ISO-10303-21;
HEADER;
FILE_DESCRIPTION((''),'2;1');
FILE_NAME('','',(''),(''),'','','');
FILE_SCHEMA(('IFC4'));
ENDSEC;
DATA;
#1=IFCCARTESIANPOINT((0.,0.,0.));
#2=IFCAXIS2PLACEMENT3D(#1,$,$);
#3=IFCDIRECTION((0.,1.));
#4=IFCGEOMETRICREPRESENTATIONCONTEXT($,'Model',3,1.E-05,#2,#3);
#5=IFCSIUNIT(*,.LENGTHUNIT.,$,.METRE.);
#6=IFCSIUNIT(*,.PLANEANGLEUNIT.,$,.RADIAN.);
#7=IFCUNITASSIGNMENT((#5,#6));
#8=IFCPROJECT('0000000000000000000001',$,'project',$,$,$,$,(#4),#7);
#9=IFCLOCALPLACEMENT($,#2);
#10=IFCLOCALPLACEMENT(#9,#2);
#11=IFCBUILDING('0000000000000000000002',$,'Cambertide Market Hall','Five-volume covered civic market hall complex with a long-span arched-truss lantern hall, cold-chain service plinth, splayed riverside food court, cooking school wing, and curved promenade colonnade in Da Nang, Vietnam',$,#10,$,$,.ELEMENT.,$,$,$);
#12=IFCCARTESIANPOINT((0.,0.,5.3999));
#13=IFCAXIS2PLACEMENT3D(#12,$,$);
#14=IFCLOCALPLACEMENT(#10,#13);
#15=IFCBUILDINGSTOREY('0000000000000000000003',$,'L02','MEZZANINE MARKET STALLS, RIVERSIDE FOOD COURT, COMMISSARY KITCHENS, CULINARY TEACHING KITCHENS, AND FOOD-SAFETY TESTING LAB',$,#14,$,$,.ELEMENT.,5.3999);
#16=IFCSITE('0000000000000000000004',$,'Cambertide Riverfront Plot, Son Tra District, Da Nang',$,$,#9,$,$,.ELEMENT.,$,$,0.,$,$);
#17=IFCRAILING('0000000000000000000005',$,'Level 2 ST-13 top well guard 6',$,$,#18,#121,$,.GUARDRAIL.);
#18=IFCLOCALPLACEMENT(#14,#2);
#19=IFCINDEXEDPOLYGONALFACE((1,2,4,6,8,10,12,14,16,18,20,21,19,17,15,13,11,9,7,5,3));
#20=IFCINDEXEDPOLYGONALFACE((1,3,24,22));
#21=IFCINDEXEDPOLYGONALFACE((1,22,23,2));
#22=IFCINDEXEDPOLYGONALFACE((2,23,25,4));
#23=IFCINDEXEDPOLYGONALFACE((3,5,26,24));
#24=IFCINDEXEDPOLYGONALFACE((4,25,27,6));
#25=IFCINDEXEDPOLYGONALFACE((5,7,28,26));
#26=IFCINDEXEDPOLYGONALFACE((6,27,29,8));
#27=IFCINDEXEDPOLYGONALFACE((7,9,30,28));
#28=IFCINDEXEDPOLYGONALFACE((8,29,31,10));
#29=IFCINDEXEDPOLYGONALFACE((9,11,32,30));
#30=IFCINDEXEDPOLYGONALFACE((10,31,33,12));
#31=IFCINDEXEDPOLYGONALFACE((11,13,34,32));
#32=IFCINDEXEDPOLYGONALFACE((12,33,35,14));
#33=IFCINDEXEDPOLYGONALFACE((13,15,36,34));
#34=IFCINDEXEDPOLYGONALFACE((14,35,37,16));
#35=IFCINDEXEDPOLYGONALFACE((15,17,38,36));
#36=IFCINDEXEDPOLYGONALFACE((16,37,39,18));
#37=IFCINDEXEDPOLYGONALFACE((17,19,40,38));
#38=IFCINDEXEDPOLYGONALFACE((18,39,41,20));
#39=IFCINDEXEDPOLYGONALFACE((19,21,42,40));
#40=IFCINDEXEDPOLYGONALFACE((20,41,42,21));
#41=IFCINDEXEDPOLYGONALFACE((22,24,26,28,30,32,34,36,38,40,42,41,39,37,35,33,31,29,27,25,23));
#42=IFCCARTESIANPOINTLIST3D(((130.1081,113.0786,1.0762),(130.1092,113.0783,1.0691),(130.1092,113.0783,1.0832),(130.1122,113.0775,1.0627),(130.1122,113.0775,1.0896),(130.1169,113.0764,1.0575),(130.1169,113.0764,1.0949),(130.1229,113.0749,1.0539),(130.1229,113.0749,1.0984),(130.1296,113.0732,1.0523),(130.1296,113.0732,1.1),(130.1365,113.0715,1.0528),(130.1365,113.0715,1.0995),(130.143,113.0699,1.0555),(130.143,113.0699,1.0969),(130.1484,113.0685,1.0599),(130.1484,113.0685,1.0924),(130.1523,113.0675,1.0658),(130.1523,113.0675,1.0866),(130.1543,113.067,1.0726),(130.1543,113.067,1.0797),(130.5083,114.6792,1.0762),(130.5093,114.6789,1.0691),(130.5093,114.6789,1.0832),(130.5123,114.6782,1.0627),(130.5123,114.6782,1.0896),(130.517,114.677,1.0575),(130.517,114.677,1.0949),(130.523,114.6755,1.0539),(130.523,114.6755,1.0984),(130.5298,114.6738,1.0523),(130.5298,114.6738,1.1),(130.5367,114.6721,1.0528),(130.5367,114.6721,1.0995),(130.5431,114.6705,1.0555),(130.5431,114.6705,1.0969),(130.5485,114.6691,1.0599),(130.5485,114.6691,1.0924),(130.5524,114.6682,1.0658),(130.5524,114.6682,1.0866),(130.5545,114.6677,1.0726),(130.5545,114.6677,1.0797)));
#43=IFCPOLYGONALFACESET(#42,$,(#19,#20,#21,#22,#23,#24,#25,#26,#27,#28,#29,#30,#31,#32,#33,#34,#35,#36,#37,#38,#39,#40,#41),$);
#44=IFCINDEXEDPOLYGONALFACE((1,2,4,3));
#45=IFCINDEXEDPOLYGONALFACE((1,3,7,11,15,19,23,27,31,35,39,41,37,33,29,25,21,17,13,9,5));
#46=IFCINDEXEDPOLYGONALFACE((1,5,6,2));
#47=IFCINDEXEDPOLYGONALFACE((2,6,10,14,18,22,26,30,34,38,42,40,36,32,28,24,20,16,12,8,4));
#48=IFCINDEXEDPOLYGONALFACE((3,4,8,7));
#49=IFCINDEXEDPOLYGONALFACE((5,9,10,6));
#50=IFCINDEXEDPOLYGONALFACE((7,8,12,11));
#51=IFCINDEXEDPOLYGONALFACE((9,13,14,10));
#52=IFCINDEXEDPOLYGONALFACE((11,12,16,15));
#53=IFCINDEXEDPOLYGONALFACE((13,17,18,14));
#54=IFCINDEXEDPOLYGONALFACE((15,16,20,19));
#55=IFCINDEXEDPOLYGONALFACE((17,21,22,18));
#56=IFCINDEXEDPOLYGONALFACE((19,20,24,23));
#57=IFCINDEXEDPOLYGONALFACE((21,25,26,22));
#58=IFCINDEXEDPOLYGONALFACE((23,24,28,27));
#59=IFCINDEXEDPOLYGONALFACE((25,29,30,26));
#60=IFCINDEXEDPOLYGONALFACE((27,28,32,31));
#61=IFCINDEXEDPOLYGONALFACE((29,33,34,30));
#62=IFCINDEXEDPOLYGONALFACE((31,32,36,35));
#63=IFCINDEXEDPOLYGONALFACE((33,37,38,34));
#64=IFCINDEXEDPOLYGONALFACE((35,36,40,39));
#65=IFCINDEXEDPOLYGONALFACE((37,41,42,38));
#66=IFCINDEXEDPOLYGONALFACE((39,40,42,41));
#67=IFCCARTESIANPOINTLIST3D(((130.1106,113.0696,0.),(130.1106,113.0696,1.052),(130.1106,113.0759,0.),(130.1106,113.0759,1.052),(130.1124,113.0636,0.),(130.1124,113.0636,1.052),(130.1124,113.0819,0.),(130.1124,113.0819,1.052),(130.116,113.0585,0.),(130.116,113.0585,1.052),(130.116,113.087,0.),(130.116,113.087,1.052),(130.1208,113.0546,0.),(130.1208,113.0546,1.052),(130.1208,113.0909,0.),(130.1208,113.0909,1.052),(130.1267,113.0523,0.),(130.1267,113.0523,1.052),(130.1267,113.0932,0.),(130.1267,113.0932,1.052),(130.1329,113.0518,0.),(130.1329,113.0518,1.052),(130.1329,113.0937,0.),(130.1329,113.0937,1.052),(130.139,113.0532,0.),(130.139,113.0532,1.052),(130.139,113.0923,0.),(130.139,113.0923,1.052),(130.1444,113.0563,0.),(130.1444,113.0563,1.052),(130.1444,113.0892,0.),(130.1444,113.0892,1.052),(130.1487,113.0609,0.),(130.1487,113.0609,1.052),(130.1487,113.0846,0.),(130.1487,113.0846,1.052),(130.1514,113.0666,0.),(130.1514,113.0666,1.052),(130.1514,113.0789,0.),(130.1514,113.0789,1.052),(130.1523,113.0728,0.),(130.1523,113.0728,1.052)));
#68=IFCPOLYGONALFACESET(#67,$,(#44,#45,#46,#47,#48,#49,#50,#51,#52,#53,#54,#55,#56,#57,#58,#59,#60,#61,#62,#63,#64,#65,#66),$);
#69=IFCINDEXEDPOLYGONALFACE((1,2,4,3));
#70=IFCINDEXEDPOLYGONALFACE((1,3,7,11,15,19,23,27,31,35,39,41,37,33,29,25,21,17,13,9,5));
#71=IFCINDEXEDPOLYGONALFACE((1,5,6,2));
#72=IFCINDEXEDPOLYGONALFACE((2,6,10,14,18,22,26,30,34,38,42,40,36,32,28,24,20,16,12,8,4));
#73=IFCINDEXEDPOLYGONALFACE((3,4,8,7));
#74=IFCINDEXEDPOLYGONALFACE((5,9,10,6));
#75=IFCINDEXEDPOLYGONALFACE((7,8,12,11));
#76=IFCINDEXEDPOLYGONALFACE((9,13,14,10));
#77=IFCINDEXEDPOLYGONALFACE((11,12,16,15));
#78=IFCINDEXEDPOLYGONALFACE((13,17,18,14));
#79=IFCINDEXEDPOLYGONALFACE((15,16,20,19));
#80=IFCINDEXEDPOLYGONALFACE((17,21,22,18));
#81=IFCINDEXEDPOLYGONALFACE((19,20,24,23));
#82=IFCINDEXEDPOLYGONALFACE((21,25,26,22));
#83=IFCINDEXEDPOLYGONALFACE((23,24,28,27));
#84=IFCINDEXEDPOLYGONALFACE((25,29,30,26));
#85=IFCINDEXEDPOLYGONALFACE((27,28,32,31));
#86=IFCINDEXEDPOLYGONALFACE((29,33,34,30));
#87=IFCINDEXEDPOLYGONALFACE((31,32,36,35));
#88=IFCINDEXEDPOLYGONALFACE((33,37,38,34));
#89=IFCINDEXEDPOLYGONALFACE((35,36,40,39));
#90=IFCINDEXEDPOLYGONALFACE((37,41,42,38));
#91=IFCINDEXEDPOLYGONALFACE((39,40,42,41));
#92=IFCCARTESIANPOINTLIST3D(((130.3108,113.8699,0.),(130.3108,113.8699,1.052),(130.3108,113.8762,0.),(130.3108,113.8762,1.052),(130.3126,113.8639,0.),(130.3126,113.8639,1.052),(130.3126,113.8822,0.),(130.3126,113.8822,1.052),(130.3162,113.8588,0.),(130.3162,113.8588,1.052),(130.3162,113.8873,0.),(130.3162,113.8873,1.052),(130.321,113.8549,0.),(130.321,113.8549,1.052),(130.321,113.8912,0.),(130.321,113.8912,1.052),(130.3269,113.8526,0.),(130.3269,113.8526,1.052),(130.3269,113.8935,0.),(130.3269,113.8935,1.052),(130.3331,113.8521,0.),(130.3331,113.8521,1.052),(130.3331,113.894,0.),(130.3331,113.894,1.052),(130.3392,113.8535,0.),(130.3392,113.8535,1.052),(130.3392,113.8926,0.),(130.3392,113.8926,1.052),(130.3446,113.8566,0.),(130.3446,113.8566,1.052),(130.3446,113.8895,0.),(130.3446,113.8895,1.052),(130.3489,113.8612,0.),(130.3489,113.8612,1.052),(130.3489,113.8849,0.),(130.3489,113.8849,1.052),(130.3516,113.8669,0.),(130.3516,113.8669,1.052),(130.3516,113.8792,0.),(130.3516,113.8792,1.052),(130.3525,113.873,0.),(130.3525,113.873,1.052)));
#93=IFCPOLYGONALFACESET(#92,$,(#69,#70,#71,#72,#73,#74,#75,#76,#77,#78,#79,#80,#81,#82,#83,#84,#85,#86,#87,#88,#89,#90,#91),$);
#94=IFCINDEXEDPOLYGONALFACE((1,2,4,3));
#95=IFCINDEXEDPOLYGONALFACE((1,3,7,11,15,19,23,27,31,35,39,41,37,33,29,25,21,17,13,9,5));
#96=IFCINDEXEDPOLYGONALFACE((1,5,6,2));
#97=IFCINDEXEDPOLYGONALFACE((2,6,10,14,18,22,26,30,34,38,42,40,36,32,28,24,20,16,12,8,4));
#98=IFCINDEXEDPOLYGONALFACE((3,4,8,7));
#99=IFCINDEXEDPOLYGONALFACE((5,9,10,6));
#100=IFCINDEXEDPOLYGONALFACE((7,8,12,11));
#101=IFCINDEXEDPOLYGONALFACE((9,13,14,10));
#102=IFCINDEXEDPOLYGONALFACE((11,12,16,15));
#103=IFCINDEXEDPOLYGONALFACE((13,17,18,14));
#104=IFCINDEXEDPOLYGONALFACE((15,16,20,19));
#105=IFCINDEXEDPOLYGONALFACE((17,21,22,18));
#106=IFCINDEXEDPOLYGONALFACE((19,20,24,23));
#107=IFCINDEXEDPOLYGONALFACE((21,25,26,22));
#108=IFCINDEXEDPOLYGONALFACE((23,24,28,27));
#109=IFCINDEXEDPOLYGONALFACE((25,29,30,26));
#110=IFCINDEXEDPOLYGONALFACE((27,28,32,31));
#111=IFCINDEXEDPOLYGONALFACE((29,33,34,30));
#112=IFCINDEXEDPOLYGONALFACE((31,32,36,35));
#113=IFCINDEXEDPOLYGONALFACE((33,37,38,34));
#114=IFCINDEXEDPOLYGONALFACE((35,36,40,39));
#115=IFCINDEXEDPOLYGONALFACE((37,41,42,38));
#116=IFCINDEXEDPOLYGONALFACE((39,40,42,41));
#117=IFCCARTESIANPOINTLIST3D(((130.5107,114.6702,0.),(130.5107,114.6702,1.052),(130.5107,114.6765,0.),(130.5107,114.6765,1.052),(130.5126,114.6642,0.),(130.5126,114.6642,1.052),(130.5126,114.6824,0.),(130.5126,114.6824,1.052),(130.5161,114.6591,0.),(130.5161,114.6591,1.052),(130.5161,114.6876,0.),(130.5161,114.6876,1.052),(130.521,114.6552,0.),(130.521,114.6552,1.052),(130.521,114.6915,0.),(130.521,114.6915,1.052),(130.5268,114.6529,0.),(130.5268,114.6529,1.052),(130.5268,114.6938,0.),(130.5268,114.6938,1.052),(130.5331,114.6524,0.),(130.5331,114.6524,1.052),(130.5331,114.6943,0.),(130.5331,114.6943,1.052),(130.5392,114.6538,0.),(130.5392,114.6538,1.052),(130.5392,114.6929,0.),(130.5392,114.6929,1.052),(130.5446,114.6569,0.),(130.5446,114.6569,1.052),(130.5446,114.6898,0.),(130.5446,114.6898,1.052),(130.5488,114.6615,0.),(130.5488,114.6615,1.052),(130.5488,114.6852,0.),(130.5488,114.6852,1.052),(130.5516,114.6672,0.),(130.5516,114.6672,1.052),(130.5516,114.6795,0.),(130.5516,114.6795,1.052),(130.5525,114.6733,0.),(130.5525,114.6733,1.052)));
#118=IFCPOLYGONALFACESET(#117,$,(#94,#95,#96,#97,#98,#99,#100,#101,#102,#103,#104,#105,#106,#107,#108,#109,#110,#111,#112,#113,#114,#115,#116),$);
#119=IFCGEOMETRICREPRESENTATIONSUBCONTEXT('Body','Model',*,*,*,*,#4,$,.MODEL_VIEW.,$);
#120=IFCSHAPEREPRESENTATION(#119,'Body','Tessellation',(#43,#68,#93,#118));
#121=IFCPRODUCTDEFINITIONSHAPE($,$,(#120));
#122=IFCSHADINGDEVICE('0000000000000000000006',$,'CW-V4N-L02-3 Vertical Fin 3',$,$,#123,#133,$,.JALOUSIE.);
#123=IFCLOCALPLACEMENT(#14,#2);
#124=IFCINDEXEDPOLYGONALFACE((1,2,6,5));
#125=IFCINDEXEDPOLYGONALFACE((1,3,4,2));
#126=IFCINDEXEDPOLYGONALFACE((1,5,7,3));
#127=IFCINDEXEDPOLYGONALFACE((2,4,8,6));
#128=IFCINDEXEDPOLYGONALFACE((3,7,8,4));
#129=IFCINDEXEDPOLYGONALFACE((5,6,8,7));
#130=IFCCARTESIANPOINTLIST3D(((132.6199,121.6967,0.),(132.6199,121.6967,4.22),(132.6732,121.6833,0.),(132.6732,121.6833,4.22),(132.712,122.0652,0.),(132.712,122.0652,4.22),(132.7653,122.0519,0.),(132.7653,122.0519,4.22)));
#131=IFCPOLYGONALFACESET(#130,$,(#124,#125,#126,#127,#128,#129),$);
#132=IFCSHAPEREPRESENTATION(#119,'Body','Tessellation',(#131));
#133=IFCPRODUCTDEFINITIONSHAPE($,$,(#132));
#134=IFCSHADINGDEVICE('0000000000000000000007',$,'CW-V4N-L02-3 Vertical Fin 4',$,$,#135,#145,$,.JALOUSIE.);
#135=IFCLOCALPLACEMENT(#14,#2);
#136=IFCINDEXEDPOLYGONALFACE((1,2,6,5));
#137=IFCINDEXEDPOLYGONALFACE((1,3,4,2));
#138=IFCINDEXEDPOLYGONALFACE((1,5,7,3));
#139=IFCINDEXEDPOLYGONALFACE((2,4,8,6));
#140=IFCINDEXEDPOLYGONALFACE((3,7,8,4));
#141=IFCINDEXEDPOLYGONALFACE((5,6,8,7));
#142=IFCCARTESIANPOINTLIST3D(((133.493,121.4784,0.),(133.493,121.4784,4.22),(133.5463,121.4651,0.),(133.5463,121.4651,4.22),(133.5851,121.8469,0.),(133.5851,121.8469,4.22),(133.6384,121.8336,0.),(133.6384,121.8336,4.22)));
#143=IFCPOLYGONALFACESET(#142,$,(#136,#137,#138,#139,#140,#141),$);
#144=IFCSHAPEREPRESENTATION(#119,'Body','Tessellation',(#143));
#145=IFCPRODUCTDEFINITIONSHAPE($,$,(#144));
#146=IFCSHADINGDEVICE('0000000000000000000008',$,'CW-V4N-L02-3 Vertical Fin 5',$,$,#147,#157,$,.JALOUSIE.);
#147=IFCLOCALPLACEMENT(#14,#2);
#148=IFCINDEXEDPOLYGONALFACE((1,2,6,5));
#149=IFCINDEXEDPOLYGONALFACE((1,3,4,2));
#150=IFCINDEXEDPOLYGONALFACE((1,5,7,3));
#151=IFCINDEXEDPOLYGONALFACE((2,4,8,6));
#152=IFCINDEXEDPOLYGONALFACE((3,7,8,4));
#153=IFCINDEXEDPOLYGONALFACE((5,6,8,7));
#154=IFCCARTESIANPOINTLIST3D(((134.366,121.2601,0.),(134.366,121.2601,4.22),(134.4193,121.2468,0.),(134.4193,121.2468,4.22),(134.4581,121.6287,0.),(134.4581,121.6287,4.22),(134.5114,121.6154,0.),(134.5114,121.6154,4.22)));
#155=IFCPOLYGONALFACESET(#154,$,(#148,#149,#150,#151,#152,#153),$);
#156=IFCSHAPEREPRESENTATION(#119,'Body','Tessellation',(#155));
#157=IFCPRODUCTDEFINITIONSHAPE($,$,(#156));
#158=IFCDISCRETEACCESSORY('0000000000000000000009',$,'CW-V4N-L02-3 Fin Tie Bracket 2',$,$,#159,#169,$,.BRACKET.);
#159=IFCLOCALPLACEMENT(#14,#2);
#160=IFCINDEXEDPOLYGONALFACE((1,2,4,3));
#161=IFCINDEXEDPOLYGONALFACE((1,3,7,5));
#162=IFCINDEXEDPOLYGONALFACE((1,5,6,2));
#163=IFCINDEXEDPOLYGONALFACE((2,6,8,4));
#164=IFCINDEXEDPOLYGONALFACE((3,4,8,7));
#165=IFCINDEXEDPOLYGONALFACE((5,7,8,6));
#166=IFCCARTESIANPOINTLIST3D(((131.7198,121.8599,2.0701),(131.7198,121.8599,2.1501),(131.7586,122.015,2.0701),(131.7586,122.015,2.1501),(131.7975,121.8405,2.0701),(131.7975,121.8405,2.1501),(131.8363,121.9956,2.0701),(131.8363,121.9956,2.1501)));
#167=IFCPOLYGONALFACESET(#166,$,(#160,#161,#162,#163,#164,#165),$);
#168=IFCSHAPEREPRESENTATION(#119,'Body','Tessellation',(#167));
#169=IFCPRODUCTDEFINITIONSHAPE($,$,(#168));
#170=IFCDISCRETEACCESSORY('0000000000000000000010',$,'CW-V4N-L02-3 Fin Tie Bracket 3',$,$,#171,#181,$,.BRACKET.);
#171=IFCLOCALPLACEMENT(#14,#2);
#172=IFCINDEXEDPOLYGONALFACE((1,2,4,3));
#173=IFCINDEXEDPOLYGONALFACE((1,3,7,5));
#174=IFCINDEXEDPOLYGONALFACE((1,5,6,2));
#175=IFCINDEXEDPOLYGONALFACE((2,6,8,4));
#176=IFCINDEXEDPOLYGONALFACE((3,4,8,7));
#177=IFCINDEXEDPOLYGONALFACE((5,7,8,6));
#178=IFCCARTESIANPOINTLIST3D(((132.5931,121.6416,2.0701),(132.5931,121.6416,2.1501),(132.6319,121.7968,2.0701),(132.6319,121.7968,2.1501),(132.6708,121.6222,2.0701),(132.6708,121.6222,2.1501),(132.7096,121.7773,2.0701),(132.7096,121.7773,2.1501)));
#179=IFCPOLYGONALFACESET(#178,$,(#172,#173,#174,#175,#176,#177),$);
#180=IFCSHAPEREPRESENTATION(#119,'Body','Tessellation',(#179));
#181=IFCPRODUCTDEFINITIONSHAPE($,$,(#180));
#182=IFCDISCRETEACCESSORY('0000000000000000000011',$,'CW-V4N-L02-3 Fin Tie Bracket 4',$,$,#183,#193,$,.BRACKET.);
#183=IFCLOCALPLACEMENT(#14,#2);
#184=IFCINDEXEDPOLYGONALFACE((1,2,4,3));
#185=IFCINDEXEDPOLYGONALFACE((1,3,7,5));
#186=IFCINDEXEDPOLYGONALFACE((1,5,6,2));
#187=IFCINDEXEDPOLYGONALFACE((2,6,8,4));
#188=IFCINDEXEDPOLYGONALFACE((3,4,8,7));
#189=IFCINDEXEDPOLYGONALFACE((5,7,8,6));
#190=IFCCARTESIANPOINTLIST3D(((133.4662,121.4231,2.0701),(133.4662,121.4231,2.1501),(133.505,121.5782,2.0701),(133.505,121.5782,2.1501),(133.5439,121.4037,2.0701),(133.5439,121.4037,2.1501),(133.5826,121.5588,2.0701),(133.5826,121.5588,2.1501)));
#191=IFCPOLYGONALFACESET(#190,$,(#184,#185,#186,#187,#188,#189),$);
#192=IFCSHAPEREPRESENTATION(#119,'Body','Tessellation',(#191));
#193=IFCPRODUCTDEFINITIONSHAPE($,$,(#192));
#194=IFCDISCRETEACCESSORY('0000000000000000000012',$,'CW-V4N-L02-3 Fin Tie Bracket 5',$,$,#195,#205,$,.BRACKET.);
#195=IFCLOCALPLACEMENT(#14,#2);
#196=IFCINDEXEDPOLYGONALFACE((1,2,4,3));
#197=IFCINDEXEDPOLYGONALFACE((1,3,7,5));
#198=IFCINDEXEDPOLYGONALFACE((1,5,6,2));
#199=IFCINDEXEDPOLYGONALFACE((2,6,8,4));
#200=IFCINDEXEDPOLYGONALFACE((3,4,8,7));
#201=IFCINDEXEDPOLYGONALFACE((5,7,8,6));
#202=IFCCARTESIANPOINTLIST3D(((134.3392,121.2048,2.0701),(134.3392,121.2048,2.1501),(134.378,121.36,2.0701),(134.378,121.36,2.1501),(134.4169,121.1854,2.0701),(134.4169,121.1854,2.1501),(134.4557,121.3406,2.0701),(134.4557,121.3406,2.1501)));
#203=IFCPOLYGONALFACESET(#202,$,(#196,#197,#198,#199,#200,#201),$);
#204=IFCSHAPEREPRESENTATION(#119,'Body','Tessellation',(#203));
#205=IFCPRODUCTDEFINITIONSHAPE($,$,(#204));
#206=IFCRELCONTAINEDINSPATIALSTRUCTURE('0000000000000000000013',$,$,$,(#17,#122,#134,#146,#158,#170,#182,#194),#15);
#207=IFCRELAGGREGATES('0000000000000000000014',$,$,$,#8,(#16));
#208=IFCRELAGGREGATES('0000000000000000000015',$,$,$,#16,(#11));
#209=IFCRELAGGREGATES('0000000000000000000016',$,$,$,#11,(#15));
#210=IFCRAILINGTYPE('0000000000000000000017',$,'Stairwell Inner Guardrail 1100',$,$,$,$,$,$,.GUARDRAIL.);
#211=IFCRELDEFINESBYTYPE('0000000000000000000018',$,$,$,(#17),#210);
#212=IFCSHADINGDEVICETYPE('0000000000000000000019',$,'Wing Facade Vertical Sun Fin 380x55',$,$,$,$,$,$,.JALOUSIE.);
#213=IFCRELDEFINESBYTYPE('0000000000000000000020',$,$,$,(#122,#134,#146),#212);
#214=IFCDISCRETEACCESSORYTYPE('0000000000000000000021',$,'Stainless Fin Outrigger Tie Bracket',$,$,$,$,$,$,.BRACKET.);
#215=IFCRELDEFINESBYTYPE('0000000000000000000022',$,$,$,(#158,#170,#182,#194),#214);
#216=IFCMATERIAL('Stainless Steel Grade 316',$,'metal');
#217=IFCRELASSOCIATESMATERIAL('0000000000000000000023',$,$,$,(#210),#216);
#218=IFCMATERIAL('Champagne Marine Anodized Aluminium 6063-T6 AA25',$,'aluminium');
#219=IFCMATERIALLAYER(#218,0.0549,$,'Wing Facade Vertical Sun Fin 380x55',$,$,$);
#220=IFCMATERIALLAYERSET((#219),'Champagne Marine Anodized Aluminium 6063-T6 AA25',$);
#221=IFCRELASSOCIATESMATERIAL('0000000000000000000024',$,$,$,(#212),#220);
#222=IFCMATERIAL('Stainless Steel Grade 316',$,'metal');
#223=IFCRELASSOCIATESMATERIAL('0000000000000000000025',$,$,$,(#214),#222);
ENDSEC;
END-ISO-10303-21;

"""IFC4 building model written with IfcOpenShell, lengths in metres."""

from ifc_helpers import new_model, si_unit, direction, frame, origin, origin_2d, place, context, subcontext, project, spatial, rectangle, circle, extrude, material, layer, layer_set, type_object, element, save


model = new_model("IFC4")

# Units and contexts
model_context = context("Model", 3, precision=1e-05, world=origin(), true_north=direction((0.0, 1.0)))
body_context = subcontext(model_context, "Body", "Model", "MODEL_VIEW")
ifc_project = project(units=[si_unit("LENGTHUNIT", "METRE"), si_unit("PLANEANGLEUNIT", "RADIAN")], contexts=[model_context])

# Site, building, storey
site_placement = place(None, origin())
site = spatial("IfcSite", under=ifc_project, at=site_placement, Name="Cambertide Riverfront Plot, Son Tra District, Da Nang", CompositionType="ELEMENT", RefElevation=0.0)
building_placement = place(site_placement, origin())
building = spatial("IfcBuilding", under=site, at=building_placement, Name="Cambertide Market Hall", Description="Five-volume covered civic market hall complex with a long-span arched-truss lantern hall, cold-chain service plinth, splayed riverside food court, cooking school wing, and curved promenade colonnade in Da Nang, Vietnam", CompositionType="ELEMENT")
storey_placement = place(building_placement, frame((0.0, 0.0, 5.3999)))
storey = spatial("IfcBuildingStorey", under=building, at=storey_placement, Name="L02", Description="MEZZANINE MARKET STALLS, RIVERSIDE FOOD COURT, COMMISSARY KITCHENS, CULINARY TEACHING KITCHENS, AND FOOD-SAFETY TESTING LAB", CompositionType="ELEMENT", Elevation=5.3999)

# Railing
ifc_material_1 = material(Name="Stainless Steel Grade 316", Category="metal")
railing_type = type_object("IfcRailingType", Name="Stairwell Inner Guardrail 1100", PredefinedType="GUARDRAIL", material=ifc_material_1)
railing_1_placement = place(storey_placement, frame((130.1313, 113.0728, 0.0)))
element("IfcRailing", 1, at=railing_1_placement, inside=storey, type_object=railing_type, Name="Level 2 ST-13 top well guard 6", PredefinedType="GUARDRAIL", context=body_context, shape_type="SweptSolid", body=[
    extrude(circle(Radius=0.0239, at=origin_2d()), frame((0.0, 0.0, 1.0762), z_axis=(0.242536, 0.970143, 0.0), x_axis=(-0.970143, 0.242536, 0.0)), (0.0, 0.0, 1.0), 1.6499),
    extrude(circle(Radius=0.021, at=origin_2d()), origin(), (0.0, 0.0, 1.0), 1.052),
    extrude(circle(Radius=0.021, at=origin_2d()), frame((0.2002, 0.8003, 0.0)), (0.0, 0.0, 1.0), 1.052),
    extrude(circle(Radius=0.021, at=origin_2d()), frame((0.4001, 1.6006, 0.0)), (0.0, 0.0, 1.0), 1.052),
])

# Shading devices
ifc_material_2 = material(Name="Champagne Marine Anodized Aluminium 6063-T6 AA25", Category="aluminium")
ifc_layer_1 = layer(ifc_material_2, 0.0549, Name="Wing Facade Vertical Sun Fin 380x55")
ifc_layer_set_1 = layer_set([ifc_layer_1], Name="Champagne Marine Anodized Aluminium 6063-T6 AA25")
shading_device_type = type_object("IfcShadingDeviceType", Name="Wing Facade Vertical Sun Fin 380x55", PredefinedType="JALOUSIE", material=ifc_layer_set_1)
for number, where, z_axis, x_axis, name in (
    (2, (132.6926, 121.8743, 0.0), (0.0, 0.0, 1.0), (0.970143, -0.242536, 0.0), "CW-V4N-L02-3 Vertical Fin 3"),
    (3, (133.5657, 121.656, 0.0), (0.0, 0.0, 1.0), (0.970143, -0.242536, 0.0), "CW-V4N-L02-3 Vertical Fin 4"),
    (4, (134.4387, 121.4377, 0.0), (0.0, 0.0, 1.0), (0.970143, -0.242536, 0.0), "CW-V4N-L02-3 Vertical Fin 5"),
):
    element("IfcShadingDevice", number, at=place(storey_placement, frame(where, z_axis=z_axis, x_axis=x_axis)), inside=storey, type_object=shading_device_type, Name=name, PredefinedType="JALOUSIE", context=body_context, shape_type="SweptSolid", body=[
        extrude(rectangle(XDim=0.0549, YDim=0.3799, at=origin_2d()), origin(), (0.0, 0.0, 1.0), 4.22),
    ])

# Discrete accessories
ifc_material_3 = material(Name="Stainless Steel Grade 316", Category="metal")
discrete_accessory_type = type_object("IfcDiscreteAccessoryType", Name="Stainless Fin Outrigger Tie Bracket", PredefinedType="BRACKET", material=ifc_material_3)
for number, where, z_axis, x_axis, name in (
    (5, (131.7781, 121.9277, 2.0701), (0.0, 0.0, 1.0), (0.970143, -0.242536, 0.0), "CW-V4N-L02-3 Fin Tie Bracket 2"),
    (6, (132.6514, 121.7095, 2.0701), (0.0, 0.0, 1.0), (0.970143, -0.242536, 0.0), "CW-V4N-L02-3 Fin Tie Bracket 3"),
    (7, (133.5244, 121.491, 2.0701), (0.0, 0.0, 1.0), (0.970143, -0.242536, 0.0), "CW-V4N-L02-3 Fin Tie Bracket 4"),
    (8, (134.3975, 121.2727, 2.0701), (0.0, 0.0, 1.0), (0.970143, -0.242536, 0.0), "CW-V4N-L02-3 Fin Tie Bracket 5"),
):
    element("IfcDiscreteAccessory", number, at=place(storey_placement, frame(where, z_axis=z_axis, x_axis=x_axis)), inside=storey, type_object=discrete_accessory_type, Name=name, PredefinedType="BRACKET", context=body_context, shape_type="SweptSolid", body=[
        extrude(rectangle(XDim=0.0801, YDim=0.1599, at=origin_2d()), origin(), (0.0, 0.0, 1.0), 0.0801),
    ])

save(model, "model.ifc")
